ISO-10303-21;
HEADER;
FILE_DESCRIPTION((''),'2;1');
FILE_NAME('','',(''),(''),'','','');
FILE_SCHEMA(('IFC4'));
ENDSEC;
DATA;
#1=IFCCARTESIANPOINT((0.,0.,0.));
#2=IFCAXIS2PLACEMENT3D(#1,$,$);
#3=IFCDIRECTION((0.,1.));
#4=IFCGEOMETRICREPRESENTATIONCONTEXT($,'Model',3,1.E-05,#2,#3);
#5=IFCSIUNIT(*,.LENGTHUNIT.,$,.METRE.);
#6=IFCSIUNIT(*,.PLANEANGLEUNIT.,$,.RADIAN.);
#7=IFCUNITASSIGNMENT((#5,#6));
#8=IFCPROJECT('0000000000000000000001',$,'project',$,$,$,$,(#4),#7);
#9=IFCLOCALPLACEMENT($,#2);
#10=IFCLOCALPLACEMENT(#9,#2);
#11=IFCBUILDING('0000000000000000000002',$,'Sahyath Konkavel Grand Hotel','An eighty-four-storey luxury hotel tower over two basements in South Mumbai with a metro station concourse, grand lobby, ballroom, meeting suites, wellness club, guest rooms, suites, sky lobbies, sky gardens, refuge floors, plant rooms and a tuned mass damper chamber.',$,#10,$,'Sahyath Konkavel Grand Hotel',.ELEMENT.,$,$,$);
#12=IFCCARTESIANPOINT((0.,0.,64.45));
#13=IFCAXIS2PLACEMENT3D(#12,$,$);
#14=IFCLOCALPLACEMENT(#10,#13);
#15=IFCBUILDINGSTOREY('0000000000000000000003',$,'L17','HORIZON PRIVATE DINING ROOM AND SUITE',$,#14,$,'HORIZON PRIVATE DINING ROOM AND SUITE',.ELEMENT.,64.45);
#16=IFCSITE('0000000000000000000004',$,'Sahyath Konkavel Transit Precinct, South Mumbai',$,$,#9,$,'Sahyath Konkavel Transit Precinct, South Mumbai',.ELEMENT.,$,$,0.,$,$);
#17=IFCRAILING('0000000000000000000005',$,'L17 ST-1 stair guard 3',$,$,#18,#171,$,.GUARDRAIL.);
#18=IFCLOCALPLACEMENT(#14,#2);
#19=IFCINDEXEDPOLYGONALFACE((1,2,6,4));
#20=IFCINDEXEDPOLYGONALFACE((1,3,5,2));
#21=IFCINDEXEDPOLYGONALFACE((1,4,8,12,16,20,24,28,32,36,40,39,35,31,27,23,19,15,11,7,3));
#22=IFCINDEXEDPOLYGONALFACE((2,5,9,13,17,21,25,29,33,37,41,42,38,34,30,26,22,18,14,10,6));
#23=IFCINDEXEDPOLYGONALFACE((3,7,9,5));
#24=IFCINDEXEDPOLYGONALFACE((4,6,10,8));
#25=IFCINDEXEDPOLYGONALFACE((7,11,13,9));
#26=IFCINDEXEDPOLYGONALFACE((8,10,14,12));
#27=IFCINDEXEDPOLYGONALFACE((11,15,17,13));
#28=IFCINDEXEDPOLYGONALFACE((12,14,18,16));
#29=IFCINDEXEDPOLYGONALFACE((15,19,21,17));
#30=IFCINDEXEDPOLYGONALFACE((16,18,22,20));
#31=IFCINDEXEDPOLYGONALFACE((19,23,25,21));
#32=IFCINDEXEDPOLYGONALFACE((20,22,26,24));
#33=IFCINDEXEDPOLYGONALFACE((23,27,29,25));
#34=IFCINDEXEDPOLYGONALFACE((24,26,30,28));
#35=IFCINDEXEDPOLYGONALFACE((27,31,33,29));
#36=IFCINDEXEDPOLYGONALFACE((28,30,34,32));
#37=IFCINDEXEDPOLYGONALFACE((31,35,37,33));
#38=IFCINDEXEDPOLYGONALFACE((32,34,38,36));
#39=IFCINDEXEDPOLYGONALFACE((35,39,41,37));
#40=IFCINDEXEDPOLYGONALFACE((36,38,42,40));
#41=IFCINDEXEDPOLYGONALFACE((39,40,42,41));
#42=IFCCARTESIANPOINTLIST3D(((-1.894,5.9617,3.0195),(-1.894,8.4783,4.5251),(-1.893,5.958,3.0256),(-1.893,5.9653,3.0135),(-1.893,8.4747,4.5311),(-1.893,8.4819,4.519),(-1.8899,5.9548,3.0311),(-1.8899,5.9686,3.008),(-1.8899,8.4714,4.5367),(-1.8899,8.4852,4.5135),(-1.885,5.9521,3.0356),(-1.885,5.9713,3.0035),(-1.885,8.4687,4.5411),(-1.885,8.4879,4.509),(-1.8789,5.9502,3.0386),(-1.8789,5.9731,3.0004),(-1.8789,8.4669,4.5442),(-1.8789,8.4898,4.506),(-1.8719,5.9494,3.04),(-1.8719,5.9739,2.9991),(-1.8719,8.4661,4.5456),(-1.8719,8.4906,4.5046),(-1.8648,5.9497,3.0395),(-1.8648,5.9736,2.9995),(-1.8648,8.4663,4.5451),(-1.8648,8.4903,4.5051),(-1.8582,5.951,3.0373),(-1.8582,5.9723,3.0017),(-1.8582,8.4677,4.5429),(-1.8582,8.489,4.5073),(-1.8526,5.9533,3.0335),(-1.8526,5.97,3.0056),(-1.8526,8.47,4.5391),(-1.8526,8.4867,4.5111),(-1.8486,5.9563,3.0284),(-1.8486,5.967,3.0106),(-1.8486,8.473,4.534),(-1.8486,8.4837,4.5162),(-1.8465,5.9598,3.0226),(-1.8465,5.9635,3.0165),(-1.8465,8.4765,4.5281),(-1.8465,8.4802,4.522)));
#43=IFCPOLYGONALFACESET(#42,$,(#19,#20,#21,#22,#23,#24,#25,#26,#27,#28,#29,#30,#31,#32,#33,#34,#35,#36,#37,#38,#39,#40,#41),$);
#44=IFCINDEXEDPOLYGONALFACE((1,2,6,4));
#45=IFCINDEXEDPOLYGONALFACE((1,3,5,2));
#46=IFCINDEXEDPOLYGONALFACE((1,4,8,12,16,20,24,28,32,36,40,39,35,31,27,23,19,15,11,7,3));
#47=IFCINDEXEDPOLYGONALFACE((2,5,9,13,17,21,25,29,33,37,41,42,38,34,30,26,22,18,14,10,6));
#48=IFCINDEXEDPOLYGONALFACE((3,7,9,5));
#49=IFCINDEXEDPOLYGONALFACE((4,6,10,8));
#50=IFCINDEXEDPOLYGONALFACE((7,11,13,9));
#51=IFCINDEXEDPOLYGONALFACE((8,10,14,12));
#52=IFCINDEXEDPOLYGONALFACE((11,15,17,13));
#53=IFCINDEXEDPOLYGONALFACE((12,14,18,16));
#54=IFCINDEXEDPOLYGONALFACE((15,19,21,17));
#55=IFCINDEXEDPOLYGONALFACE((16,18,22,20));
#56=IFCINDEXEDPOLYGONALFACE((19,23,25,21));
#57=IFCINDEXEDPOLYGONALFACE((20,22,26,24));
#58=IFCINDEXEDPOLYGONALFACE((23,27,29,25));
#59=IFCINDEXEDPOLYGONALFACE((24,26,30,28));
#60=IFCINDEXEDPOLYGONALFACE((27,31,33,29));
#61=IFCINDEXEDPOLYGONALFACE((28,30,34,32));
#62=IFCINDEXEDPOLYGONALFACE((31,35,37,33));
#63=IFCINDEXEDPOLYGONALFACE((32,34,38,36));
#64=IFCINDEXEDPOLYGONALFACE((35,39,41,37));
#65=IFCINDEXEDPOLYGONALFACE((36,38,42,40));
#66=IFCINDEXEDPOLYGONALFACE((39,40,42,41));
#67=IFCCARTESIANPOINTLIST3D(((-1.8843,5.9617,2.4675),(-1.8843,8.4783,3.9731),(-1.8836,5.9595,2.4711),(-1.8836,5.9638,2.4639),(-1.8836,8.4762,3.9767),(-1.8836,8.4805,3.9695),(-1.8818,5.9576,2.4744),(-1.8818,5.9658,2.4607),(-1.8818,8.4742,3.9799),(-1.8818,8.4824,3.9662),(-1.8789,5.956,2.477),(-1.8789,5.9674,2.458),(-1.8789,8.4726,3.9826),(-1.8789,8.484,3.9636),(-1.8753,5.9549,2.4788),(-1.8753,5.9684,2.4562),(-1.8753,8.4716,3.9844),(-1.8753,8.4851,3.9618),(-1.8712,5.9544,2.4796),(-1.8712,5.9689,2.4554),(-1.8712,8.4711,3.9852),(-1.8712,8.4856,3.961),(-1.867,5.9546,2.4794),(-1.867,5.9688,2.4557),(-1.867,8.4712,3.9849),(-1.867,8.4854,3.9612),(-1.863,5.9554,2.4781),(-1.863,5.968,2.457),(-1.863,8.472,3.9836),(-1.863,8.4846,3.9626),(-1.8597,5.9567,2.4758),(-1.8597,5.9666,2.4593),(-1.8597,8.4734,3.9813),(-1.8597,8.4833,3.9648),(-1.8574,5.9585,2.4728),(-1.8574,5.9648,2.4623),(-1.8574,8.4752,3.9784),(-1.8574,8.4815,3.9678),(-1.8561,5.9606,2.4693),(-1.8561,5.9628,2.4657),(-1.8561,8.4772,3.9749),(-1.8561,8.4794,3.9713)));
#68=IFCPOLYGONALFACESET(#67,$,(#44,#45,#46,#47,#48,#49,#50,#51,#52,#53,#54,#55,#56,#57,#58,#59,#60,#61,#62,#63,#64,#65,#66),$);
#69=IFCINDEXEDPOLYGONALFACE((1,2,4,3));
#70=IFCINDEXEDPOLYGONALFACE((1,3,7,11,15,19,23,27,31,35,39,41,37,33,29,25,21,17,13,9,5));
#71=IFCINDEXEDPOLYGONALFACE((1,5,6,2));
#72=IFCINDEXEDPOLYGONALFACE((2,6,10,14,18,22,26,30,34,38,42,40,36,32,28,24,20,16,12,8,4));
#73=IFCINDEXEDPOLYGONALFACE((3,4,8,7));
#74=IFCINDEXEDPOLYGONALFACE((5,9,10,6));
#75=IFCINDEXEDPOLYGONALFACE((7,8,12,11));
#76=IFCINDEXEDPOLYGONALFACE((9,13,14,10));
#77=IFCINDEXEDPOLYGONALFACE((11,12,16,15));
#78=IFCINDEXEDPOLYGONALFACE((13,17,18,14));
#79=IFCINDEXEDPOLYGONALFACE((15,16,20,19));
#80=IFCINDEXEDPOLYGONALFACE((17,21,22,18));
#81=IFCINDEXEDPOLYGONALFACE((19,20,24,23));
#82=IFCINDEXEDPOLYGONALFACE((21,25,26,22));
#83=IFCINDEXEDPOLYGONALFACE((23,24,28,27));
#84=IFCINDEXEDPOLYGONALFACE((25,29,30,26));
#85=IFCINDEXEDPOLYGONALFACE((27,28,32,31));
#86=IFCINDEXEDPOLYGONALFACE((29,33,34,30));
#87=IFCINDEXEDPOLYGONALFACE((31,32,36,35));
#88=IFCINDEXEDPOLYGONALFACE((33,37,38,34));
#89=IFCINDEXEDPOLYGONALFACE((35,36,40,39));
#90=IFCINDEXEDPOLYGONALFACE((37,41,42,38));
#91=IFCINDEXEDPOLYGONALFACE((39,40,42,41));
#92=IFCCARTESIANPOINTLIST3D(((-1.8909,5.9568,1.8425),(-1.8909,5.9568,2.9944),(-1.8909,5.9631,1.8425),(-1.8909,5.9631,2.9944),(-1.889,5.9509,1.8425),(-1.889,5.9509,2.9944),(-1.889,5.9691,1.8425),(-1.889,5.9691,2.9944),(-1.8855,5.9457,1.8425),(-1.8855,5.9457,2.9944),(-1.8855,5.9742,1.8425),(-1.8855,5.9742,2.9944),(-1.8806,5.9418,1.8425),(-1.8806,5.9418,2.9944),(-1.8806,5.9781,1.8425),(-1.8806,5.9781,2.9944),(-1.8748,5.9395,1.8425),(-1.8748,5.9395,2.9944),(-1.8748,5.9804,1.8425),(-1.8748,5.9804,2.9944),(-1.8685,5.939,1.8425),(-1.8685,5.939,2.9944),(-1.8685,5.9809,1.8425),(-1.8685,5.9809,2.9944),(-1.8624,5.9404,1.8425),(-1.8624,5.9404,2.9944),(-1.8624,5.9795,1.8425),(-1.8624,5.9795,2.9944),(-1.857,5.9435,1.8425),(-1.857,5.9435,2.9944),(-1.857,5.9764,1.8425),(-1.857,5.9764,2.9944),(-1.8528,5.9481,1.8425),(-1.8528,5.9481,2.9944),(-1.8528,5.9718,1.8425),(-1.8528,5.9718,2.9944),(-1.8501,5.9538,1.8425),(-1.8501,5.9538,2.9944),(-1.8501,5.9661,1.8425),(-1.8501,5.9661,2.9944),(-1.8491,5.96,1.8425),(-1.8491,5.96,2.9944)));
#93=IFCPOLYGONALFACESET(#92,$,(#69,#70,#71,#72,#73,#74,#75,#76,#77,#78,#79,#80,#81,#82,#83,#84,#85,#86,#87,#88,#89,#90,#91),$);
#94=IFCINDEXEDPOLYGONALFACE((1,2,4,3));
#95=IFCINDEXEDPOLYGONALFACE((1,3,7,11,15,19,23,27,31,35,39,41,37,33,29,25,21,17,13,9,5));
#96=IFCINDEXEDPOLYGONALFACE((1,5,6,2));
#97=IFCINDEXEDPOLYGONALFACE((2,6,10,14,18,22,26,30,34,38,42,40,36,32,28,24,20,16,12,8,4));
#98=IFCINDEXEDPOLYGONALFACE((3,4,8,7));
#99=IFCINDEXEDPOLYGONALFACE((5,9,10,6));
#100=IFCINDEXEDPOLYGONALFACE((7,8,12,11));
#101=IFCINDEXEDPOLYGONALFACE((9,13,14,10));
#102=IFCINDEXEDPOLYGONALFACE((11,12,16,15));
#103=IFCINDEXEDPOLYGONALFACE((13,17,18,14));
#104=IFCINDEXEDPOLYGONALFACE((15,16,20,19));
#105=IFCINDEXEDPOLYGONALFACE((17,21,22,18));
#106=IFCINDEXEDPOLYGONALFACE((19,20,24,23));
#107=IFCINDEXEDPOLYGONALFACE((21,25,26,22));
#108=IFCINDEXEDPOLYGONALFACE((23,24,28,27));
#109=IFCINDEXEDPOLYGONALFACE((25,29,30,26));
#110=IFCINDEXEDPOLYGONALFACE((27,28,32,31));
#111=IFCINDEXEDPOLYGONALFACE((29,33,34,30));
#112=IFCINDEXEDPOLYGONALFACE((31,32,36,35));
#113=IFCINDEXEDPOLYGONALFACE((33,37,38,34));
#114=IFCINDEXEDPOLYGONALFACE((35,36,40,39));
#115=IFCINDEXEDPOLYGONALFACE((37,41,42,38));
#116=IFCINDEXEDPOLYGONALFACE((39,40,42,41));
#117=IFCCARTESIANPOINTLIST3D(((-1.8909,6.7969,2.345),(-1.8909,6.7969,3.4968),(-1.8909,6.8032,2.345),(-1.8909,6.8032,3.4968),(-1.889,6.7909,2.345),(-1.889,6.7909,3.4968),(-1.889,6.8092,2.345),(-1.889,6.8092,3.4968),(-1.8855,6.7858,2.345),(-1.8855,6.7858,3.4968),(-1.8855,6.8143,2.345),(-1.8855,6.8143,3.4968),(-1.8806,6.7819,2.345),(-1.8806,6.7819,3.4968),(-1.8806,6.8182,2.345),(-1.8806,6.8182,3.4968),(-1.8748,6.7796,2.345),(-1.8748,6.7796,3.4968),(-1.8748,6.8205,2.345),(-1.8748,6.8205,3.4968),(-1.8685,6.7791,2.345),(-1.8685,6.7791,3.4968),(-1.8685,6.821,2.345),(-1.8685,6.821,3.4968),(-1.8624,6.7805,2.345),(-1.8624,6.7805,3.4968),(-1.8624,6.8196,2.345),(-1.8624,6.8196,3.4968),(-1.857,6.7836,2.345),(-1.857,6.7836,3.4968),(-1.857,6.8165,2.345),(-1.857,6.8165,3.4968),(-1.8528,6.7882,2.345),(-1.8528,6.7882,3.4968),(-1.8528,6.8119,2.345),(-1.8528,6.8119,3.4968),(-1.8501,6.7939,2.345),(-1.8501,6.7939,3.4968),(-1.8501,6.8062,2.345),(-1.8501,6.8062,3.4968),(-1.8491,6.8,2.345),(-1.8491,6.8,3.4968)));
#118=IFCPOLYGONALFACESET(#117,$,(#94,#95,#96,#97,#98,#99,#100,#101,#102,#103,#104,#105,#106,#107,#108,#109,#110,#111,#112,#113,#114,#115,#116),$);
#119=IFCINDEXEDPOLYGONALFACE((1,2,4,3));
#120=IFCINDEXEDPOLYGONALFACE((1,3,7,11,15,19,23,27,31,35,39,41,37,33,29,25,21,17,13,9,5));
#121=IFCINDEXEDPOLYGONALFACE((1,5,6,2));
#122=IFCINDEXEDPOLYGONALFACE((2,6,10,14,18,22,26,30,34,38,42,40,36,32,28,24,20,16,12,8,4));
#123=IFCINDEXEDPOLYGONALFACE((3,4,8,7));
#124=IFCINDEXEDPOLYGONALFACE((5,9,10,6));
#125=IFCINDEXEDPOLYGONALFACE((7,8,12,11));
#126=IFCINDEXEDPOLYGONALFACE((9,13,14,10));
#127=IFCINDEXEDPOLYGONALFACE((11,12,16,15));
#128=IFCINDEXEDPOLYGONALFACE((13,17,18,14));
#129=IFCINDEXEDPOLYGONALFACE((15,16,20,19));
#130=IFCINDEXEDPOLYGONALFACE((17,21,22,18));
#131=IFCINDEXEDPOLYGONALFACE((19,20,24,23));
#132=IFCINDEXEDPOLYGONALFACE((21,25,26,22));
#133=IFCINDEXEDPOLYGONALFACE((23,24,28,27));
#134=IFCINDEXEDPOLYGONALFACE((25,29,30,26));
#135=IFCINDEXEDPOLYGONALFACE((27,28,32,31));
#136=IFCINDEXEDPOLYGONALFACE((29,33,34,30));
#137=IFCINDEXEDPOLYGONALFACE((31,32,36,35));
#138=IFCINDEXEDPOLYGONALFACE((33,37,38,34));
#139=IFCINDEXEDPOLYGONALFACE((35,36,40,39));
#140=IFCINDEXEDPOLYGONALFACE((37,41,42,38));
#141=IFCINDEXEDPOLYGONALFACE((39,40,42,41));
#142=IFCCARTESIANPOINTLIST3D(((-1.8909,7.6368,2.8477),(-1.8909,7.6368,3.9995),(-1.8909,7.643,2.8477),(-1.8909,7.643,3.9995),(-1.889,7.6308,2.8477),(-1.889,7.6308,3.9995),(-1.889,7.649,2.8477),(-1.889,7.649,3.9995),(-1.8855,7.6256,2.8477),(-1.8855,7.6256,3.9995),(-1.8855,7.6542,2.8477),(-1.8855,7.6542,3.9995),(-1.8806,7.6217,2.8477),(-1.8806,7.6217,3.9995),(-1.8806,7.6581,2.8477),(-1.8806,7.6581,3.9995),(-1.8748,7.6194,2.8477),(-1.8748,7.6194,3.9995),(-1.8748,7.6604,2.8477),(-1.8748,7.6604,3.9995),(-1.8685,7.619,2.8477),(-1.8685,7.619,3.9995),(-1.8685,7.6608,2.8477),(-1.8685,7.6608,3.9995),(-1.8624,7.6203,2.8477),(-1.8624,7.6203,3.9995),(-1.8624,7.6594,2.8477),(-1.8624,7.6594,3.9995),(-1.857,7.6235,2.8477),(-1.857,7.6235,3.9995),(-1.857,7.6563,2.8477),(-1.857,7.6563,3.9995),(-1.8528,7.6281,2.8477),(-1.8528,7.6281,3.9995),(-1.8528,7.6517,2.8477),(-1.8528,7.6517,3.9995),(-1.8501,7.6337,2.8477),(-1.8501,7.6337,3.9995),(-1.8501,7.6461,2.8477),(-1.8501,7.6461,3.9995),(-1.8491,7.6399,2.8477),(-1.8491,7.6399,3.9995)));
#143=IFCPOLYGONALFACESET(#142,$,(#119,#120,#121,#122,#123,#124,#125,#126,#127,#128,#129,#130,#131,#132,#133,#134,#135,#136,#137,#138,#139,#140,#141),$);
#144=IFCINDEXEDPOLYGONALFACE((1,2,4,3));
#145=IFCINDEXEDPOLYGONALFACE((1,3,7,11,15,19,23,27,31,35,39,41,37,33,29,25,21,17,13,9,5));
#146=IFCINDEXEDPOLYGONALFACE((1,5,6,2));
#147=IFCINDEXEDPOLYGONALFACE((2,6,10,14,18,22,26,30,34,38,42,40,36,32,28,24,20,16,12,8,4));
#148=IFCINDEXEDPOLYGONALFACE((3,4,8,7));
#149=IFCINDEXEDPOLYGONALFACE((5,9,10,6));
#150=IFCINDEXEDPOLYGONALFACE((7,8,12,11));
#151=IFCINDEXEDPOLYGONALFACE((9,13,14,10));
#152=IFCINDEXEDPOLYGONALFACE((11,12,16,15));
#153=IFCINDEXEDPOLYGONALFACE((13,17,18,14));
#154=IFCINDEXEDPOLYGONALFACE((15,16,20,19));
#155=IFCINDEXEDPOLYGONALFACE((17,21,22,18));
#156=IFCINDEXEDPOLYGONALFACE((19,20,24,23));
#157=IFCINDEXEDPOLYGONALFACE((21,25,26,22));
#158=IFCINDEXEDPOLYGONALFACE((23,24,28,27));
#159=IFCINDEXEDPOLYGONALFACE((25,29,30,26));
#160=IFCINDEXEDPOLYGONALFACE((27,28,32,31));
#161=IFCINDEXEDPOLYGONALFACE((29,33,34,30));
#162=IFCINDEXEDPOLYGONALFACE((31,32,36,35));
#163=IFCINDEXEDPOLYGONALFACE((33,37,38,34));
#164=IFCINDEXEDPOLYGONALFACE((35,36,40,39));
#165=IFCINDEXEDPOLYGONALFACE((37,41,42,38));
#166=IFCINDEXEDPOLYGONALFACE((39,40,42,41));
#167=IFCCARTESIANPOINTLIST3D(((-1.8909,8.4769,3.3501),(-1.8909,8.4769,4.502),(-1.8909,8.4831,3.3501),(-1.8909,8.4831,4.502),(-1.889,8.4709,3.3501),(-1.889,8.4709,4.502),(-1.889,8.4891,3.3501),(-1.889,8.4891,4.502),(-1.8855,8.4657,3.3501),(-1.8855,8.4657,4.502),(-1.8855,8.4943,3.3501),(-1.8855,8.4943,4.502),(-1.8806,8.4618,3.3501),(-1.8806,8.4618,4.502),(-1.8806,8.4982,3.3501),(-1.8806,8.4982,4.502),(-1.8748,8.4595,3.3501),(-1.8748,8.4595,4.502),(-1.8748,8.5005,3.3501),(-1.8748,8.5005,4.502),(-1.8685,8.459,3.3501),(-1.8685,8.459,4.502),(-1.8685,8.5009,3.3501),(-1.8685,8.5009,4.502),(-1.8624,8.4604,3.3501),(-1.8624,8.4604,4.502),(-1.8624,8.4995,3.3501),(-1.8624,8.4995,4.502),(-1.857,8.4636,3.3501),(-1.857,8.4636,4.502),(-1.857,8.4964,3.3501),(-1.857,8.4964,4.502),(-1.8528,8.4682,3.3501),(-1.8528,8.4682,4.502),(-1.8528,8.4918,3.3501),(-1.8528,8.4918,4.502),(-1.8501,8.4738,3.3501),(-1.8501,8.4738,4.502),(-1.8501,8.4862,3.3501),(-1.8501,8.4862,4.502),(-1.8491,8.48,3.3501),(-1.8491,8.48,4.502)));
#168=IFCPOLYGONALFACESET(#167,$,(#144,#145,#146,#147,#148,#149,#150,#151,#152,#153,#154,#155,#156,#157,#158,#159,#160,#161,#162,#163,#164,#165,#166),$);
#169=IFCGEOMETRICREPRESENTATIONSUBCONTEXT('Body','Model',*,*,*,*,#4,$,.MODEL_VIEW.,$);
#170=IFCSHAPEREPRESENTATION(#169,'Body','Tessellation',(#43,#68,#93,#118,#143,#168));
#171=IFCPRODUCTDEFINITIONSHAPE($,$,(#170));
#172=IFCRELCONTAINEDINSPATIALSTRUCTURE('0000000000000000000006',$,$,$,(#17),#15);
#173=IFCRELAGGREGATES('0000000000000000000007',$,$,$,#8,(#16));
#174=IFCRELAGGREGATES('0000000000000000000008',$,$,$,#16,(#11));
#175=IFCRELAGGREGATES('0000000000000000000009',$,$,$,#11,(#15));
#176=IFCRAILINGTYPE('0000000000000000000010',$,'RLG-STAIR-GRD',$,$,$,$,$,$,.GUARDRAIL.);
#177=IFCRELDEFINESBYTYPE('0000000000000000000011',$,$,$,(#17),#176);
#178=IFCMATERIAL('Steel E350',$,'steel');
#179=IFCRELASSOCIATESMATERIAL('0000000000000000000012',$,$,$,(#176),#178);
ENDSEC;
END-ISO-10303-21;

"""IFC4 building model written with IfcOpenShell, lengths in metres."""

from ifc_helpers import new_model, si_unit, direction, frame, origin, origin_2d, place, context, subcontext, project, spatial, circle, extrude, material, type_object, element, save


model = new_model("IFC4")

# Units and contexts
model_context = context("Model", 3, precision=1e-05, world=origin(), true_north=direction((0.0, 1.0)))
body_context = subcontext(model_context, "Body", "Model", "MODEL_VIEW")
ifc_project = project(units=[si_unit("LENGTHUNIT", "METRE"), si_unit("PLANEANGLEUNIT", "RADIAN")], contexts=[model_context])

# Site, building, storey
site_placement = place(None, origin())
site = spatial("IfcSite", under=ifc_project, at=site_placement, Name="Sahyath Konkavel Transit Precinct, South Mumbai", LongName="Sahyath Konkavel Transit Precinct, South Mumbai", CompositionType="ELEMENT", RefElevation=0.0)
building_placement = place(site_placement, origin())
building = spatial("IfcBuilding", under=site, at=building_placement, Name="Sahyath Konkavel Grand Hotel", Description="An eighty-four-storey luxury hotel tower over two basements in South Mumbai with a metro station concourse, grand lobby, ballroom, meeting suites, wellness club, guest rooms, suites, sky lobbies, sky gardens, refuge floors, plant rooms and a tuned mass damper chamber.", LongName="Sahyath Konkavel Grand Hotel", CompositionType="ELEMENT")
storey_placement = place(building_placement, frame((0.0, 0.0, 64.45)))
storey = spatial("IfcBuildingStorey", under=building, at=storey_placement, Name="L17", Description="HORIZON PRIVATE DINING ROOM AND SUITE", LongName="HORIZON PRIVATE DINING ROOM AND SUITE", CompositionType="ELEMENT", Elevation=64.45)

# Shared definitions
ifc_material_1 = material(Name="Steel E350", Category="steel")

# Railing
railing_type_1 = type_object("IfcRailingType", Name="RLG-STAIR-GRD", PredefinedType="GUARDRAIL", material=ifc_material_1)
railing_1_placement = place(storey_placement, frame((-1.8701, 5.96, 1.8425)))
element("IfcRailing", 1, at=railing_1_placement, inside=storey, type_object=railing_type_1, Name="L17 ST-1 stair guard 3", PredefinedType="GUARDRAIL", context=body_context, shape_type="SweptSolid", body=[
    extrude(circle(Radius=0.0239, at=origin_2d()), frame((0.0, 0.0017, 1.177), z_axis=(0.0, 0.85816, 0.513383), x_axis=(-1.0, 0.0, 0.0)), (0.0, 0.0, 1.0), 2.9326),
    extrude(circle(Radius=0.0142, at=origin_2d()), frame((0.0, 0.0017, 0.625), z_axis=(0.0, 0.85816, 0.513383), x_axis=(-1.0, 0.0, 0.0)), (0.0, 0.0, 1.0), 2.9326),
    extrude(circle(Radius=0.021, at=origin_2d()), origin(), (0.0, 0.0, 1.0), 1.1519),
    extrude(circle(Radius=0.021, at=origin_2d()), frame((0.0, 0.8401, 0.5024)), (0.0, 0.0, 1.0), 1.1519),
    extrude(circle(Radius=0.021, at=origin_2d()), frame((0.0, 1.6799, 1.0051)), (0.0, 0.0, 1.0), 1.1519),
    extrude(circle(Radius=0.021, at=origin_2d()), frame((0.0, 2.52, 1.5076)), (0.0, 0.0, 1.0), 1.1519),
])

save(model, "model.ifc")
